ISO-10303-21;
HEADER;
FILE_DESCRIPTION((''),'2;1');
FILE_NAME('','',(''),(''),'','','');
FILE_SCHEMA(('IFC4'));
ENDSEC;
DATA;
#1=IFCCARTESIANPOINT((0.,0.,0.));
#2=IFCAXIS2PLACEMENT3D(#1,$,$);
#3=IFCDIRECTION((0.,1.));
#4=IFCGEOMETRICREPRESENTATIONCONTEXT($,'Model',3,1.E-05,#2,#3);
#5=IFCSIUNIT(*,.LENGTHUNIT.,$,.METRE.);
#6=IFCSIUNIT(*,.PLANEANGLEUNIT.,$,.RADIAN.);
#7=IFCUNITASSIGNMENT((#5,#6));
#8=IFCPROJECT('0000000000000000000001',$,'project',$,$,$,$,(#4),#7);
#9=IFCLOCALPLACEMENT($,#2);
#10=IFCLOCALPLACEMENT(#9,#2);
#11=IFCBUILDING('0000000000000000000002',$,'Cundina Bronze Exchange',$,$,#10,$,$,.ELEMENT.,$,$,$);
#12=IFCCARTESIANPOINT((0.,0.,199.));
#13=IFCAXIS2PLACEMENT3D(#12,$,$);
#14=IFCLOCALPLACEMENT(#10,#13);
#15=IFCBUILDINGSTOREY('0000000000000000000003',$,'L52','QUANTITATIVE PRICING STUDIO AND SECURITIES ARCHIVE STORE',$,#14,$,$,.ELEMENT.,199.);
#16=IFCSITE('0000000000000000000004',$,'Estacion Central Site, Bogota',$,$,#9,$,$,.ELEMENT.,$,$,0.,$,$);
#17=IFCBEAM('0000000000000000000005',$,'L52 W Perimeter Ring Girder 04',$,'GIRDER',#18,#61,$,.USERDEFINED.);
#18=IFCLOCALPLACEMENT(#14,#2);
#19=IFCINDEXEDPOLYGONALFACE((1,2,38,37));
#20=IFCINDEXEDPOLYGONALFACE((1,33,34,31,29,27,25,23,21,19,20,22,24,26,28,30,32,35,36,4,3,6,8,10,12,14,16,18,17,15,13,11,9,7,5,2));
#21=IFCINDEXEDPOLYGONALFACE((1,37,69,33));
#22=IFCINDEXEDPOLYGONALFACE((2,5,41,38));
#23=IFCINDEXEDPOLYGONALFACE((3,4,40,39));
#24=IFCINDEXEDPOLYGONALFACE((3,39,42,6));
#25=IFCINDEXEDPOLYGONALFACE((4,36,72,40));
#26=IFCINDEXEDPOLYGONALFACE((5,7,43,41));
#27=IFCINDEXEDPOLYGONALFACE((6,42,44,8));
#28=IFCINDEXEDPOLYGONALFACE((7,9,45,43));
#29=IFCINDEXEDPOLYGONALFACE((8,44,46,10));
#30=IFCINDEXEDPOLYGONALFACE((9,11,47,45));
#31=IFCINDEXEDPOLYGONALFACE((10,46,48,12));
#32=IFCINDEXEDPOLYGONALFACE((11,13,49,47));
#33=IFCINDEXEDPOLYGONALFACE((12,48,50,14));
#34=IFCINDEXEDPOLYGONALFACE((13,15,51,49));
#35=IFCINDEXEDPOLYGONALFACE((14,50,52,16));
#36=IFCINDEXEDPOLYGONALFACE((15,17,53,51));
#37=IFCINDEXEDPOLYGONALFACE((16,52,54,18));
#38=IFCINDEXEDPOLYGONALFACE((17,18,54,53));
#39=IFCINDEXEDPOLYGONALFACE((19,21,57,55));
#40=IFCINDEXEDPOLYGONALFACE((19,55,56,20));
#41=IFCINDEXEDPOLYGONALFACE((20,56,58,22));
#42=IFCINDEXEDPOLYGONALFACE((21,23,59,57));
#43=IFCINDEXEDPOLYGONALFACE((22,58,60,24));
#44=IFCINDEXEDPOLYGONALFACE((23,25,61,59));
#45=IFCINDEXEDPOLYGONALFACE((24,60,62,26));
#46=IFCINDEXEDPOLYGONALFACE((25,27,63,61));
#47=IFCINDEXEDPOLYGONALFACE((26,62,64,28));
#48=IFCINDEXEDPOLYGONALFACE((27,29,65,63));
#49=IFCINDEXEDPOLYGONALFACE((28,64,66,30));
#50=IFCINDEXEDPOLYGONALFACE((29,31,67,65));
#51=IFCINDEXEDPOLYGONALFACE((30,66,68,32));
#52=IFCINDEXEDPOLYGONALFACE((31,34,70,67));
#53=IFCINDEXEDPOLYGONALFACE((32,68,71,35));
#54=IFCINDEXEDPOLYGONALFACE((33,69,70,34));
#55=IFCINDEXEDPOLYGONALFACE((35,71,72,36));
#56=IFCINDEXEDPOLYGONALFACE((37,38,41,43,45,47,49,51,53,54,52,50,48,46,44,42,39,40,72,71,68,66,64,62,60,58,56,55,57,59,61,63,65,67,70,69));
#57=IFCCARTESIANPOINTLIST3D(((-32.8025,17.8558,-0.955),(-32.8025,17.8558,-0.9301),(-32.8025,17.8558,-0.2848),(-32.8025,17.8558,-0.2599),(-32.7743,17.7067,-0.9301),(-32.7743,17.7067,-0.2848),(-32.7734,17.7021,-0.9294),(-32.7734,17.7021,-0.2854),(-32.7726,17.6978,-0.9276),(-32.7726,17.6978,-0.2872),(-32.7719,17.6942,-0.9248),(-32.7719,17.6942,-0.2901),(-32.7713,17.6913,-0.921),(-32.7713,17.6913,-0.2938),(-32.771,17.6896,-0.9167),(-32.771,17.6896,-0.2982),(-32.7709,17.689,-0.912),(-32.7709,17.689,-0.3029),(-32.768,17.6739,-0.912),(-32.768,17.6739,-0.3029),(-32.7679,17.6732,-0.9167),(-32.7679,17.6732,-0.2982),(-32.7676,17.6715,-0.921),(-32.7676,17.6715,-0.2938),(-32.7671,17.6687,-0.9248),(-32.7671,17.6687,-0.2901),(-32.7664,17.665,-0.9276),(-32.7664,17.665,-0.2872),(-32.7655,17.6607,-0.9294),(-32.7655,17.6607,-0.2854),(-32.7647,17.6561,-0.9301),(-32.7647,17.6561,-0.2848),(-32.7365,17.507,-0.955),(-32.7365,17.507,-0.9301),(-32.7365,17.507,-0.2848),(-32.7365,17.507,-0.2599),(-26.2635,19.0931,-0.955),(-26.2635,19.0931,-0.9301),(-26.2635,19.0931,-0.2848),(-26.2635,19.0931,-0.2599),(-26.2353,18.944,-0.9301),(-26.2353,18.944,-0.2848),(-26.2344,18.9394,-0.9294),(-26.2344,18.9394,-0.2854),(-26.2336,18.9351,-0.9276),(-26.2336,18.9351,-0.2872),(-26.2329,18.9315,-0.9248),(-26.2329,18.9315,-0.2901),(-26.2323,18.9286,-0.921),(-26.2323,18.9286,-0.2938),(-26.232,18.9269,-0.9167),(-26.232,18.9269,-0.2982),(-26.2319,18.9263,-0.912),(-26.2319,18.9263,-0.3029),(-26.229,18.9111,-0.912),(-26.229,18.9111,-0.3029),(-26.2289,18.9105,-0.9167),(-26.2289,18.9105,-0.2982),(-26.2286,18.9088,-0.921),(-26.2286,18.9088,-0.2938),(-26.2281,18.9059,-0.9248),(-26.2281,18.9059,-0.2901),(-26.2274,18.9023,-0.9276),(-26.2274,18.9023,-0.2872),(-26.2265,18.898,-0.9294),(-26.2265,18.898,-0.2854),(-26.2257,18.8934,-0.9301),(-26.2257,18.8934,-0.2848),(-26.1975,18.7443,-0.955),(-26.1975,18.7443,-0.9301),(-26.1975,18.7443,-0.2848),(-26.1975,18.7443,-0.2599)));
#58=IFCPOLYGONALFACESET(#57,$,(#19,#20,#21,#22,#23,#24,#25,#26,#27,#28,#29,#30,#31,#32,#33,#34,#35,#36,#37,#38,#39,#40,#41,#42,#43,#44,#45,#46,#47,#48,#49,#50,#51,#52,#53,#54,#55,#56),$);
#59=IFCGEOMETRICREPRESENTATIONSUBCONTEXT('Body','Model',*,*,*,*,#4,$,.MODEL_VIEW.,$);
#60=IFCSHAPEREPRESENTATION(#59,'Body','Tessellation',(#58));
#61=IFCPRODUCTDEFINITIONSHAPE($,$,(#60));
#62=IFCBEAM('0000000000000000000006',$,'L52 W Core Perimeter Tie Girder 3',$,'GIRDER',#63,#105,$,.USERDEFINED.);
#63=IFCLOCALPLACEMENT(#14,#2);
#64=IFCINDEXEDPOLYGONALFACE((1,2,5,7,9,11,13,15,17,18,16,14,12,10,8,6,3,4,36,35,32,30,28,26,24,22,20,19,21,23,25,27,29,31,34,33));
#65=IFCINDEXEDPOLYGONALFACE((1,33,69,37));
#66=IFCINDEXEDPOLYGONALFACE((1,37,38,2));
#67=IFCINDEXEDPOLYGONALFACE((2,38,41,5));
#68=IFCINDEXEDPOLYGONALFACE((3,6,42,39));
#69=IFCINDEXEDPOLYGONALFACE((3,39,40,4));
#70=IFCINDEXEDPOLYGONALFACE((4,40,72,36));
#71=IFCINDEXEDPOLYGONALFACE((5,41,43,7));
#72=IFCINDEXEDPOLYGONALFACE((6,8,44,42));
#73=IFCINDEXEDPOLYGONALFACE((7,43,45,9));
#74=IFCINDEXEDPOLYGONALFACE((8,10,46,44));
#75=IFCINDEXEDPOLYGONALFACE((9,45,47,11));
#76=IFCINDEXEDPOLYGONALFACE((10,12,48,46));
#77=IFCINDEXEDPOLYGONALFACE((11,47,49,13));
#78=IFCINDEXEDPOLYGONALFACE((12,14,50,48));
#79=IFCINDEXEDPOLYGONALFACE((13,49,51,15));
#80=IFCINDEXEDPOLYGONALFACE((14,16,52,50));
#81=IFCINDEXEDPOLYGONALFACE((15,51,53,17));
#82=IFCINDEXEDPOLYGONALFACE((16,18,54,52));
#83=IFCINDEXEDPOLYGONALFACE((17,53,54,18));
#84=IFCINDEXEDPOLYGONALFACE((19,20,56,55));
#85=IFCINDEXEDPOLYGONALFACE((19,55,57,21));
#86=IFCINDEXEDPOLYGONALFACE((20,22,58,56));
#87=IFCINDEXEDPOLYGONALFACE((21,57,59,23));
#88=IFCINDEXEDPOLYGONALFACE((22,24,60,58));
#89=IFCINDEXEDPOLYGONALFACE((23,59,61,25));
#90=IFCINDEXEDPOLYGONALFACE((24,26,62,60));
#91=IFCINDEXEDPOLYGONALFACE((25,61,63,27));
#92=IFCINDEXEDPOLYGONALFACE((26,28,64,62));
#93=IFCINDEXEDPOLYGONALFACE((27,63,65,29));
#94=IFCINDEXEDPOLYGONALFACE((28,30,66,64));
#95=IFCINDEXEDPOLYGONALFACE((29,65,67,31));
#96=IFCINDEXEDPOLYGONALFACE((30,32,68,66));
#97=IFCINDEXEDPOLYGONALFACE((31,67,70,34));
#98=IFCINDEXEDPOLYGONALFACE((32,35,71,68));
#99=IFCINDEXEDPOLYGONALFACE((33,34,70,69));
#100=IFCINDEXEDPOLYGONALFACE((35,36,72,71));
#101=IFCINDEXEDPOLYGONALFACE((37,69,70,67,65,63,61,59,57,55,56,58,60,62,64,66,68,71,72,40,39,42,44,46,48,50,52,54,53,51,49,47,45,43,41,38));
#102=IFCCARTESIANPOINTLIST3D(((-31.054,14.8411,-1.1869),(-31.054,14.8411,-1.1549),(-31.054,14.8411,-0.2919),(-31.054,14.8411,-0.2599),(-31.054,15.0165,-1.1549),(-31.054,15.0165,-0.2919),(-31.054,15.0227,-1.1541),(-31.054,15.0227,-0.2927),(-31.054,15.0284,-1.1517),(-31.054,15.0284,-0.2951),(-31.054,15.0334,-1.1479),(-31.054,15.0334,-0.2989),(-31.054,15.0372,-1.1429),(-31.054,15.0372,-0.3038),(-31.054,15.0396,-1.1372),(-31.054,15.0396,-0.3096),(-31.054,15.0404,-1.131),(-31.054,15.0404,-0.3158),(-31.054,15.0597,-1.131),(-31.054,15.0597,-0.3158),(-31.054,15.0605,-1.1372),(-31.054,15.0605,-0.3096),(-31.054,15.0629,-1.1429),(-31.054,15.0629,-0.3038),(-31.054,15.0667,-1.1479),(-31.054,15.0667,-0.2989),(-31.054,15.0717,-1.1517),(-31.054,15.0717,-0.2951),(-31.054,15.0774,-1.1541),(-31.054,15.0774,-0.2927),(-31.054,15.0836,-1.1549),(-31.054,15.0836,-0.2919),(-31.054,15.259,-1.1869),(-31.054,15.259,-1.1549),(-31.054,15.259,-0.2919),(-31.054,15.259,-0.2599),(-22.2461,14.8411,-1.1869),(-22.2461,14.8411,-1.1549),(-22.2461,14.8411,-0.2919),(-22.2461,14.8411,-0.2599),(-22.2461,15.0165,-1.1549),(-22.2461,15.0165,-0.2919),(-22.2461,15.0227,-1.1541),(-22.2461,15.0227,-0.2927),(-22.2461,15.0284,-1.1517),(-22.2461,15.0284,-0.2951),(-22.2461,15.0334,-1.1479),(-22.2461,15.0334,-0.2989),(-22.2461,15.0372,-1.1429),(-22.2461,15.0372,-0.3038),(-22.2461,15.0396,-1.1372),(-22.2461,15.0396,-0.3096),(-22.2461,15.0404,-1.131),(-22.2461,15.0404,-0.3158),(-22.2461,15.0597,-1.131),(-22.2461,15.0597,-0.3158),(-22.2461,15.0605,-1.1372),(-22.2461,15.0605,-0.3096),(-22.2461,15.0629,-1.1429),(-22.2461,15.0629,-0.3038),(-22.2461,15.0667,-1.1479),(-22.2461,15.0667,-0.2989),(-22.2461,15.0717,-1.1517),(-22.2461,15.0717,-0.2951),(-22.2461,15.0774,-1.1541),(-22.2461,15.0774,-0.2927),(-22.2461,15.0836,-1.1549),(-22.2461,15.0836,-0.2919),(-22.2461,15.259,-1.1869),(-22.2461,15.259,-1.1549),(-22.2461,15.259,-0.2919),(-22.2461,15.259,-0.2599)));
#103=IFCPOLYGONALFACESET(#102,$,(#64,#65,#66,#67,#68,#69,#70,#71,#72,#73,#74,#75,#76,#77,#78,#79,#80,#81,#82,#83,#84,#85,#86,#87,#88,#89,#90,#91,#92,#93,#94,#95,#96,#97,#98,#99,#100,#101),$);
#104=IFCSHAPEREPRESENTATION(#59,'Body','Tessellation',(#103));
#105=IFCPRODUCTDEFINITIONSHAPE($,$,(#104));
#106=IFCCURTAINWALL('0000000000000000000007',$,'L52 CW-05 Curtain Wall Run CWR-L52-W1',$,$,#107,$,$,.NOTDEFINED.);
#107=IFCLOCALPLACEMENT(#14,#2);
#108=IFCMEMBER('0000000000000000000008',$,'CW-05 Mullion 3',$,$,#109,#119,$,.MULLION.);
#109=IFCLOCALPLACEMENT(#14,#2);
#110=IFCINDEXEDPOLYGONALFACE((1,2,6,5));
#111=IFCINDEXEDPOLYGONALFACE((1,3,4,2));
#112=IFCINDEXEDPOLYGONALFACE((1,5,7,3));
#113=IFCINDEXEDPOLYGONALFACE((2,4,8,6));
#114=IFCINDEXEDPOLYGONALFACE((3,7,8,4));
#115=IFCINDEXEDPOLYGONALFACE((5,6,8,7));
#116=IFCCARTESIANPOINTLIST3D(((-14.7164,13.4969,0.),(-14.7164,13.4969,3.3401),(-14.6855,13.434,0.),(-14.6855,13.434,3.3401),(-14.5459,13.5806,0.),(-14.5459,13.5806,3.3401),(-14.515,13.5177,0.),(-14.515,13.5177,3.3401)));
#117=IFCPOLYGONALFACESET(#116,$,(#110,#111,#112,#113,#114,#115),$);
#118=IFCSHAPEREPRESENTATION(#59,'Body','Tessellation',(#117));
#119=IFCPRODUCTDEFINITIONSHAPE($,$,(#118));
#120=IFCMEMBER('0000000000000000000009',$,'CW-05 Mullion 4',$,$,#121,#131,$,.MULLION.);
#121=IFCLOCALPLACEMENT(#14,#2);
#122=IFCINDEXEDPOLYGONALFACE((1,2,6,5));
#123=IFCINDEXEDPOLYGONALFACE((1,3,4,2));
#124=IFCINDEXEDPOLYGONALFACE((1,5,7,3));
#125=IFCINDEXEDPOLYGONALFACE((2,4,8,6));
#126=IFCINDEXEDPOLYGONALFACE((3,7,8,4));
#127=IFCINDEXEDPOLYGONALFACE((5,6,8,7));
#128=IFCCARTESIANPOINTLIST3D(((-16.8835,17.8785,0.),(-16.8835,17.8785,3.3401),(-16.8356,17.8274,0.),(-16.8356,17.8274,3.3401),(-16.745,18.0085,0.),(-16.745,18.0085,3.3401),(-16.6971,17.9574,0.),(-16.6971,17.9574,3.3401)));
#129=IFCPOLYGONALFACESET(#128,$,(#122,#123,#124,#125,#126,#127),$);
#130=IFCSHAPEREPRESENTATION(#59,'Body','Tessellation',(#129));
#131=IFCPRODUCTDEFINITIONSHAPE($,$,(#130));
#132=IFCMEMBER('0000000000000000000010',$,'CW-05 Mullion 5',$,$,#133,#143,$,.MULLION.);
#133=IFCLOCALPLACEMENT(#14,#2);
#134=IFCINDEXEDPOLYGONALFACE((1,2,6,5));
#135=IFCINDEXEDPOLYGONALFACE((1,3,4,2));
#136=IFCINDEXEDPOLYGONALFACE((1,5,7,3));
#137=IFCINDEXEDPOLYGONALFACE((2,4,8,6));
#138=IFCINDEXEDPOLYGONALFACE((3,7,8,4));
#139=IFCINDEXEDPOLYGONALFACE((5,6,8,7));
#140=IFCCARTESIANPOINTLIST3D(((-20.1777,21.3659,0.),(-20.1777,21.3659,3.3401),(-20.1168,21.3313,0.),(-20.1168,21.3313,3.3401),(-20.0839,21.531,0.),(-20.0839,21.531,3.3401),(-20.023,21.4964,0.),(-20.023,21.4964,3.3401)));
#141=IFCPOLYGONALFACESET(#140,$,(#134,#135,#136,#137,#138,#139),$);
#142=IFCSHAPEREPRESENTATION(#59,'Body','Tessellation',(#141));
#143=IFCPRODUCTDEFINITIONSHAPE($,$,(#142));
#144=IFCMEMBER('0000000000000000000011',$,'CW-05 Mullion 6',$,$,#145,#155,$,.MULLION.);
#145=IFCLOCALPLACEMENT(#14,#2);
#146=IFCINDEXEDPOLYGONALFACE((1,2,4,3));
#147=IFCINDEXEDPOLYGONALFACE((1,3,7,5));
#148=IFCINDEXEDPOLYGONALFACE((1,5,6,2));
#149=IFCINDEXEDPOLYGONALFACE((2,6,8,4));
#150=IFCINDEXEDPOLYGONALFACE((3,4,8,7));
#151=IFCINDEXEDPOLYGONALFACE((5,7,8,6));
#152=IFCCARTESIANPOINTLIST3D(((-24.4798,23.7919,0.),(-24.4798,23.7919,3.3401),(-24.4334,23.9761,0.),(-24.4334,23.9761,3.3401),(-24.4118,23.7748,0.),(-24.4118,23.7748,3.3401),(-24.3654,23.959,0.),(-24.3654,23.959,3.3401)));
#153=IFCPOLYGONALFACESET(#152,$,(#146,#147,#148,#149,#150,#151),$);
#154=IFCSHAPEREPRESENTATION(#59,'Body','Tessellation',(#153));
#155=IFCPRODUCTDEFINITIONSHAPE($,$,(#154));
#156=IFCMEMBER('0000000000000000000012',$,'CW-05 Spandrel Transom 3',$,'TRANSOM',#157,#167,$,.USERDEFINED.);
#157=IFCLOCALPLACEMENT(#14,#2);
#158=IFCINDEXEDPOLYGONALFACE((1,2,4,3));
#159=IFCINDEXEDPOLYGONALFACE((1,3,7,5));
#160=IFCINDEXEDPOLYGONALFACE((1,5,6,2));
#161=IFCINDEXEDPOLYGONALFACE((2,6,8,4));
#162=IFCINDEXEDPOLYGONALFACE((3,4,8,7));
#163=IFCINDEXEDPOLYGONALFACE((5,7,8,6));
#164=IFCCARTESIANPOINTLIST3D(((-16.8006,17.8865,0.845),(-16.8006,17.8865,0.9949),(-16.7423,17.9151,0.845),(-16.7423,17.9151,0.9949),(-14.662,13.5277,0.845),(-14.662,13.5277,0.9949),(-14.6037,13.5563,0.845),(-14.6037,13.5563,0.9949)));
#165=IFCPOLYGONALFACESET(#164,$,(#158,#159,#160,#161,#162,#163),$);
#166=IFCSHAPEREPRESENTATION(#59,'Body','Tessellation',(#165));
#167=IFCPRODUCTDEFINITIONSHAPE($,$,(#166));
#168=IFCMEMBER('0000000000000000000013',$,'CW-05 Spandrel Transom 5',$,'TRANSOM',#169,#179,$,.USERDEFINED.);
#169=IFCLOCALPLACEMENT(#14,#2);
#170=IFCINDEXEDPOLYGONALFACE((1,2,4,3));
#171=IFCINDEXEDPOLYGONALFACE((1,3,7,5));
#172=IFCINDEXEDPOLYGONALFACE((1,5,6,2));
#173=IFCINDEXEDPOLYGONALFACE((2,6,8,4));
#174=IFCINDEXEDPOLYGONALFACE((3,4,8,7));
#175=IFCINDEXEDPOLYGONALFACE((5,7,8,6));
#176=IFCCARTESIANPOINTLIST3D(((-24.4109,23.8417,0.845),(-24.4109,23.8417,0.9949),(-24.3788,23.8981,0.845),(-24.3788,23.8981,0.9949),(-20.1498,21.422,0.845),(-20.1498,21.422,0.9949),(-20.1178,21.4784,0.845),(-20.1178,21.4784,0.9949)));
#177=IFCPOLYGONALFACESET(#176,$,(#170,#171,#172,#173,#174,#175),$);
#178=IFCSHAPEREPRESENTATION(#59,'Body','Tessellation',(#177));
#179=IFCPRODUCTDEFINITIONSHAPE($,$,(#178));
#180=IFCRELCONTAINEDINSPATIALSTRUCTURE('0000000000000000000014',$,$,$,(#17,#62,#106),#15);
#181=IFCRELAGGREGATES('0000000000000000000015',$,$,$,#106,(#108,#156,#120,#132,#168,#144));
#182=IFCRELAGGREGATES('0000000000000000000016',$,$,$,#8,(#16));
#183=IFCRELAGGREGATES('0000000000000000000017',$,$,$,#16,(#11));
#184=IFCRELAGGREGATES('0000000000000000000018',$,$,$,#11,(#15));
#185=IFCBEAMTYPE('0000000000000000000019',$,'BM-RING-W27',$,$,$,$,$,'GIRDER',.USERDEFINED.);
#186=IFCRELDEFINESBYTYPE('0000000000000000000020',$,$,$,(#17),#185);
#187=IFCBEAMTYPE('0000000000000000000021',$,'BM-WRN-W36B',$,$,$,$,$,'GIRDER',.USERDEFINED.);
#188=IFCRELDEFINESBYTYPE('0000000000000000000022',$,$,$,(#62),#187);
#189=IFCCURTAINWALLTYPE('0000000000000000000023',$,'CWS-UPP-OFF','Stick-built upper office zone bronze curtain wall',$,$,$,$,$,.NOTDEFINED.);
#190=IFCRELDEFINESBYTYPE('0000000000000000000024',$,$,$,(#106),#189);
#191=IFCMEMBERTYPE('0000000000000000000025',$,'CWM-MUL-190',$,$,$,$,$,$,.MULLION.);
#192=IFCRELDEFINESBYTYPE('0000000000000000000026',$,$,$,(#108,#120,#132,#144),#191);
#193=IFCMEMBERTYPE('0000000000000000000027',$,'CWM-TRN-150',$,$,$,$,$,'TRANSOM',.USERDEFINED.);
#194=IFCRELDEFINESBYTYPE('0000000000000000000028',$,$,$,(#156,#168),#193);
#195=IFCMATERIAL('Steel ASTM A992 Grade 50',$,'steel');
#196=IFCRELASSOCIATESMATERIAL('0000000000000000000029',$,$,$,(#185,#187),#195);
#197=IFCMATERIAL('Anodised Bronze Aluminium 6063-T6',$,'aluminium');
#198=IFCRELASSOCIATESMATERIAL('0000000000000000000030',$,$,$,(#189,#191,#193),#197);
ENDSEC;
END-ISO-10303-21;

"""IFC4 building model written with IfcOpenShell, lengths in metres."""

from ifc_helpers import new_model, si_unit, direction, frame, origin, origin_2d, place, context, subcontext, project, spatial, rectangle, i_section, extrude, material, material_profile, profile_set, type_object, element, aggregate, save


model = new_model("IFC4")

# Units and contexts
model_context = context("Model", 3, precision=1e-05, world=origin(), true_north=direction((0.0, 1.0)))
body_context = subcontext(model_context, "Body", "Model", "MODEL_VIEW")
ifc_project = project(units=[si_unit("LENGTHUNIT", "METRE"), si_unit("PLANEANGLEUNIT", "RADIAN")], contexts=[model_context])

# Site, building, storey
site_placement = place(None, origin())
site = spatial("IfcSite", under=ifc_project, at=site_placement, Name="Estacion Central Site, Bogota", CompositionType="ELEMENT", RefElevation=0.0)
building_placement = place(site_placement, origin())
building = spatial("IfcBuilding", under=site, at=building_placement, Name="Cundina Bronze Exchange", CompositionType="ELEMENT")
storey_placement = place(building_placement, frame((0.0, 0.0, 199.0)))
storey = spatial("IfcBuildingStorey", under=building, at=storey_placement, Name="L52", Description="QUANTITATIVE PRICING STUDIO AND SECURITIES ARCHIVE STORE", CompositionType="ELEMENT", Elevation=199.0)

# Shared definitions
ifc_material_1 = material(Name="Steel ASTM A992 Grade 50", Category="steel")

# Beams
ifc_material_profile_1 = material_profile(ifc_material_1, i_section(OverallWidth=0.355, OverallDepth=0.6951, WebThickness=0.0154, FlangeThickness=0.0249, FilletRadius=0.0181, at=origin_2d()), Name="W27X146", Category="steel")
ifc_profile_set_1 = profile_set([ifc_material_profile_1], Name="Steel ASTM A992 Grade 50")
beam_type_1 = type_object("IfcBeamType", Name="BM-RING-W27", ElementType="GIRDER", PredefinedType="USERDEFINED", material=ifc_profile_set_1)
beam_1_placement = place(storey_placement, frame((-26.2305, 18.9187, -0.6074), z_axis=(-0.982565, -0.185918, 0.0), x_axis=(0.185918, -0.982565, 0.0)))
element("IfcBeam", 1, at=beam_1_placement, inside=storey, type_object=beam_type_1, Name="L52 W Perimeter Ring Girder 04", ObjectType="GIRDER", PredefinedType="USERDEFINED", context=body_context, shape_type="SweptSolid", body=[
    extrude(i_section(OverallWidth=0.355, OverallDepth=0.6951, WebThickness=0.0154, FlangeThickness=0.0249, FilletRadius=0.0181, at=origin_2d()), origin(), (0.0, 0.0, 1.0), 6.655),
])
ifc_material_profile_2 = material_profile(ifc_material_1, i_section(OverallWidth=0.418, OverallDepth=0.927, WebThickness=0.0193, FlangeThickness=0.032, FilletRadius=0.0239, at=origin_2d()), Name="W36X231", Category="steel")
ifc_profile_set_2 = profile_set([ifc_material_profile_2], Name="Steel ASTM A992 Grade 50")
beam_type_2 = type_object("IfcBeamType", Name="BM-WRN-W36B", ElementType="GIRDER", PredefinedType="USERDEFINED", material=ifc_profile_set_2)
beam_2_placement = place(storey_placement, frame((-22.2461, 15.05, -0.7234), z_axis=(-1.0, 0.0, 0.0), x_axis=(0.0, -1.0, 0.0)))
element("IfcBeam", 2, at=beam_2_placement, inside=storey, type_object=beam_type_2, Name="L52 W Core Perimeter Tie Girder 3", ObjectType="GIRDER", PredefinedType="USERDEFINED", context=body_context, shape_type="SweptSolid", body=[
    extrude(i_section(OverallWidth=0.418, OverallDepth=0.927, WebThickness=0.0193, FlangeThickness=0.032, FilletRadius=0.0239, at=origin_2d()), origin(), (0.0, 0.0, 1.0), 8.8079),
])

# Curtain wall, members
ifc_material_2 = material(Name="Anodised Bronze Aluminium 6063-T6", Category="aluminium")
curtain_wall_type = type_object("IfcCurtainWallType", Name="CWS-UPP-OFF", Description="Stick-built upper office zone bronze curtain wall", PredefinedType="NOTDEFINED", material=ifc_material_2)
curtain_wall_placement = place(storey_placement, origin())
curtain_wall = element("IfcCurtainWall", 3, at=curtain_wall_placement, inside=storey, type_object=curtain_wall_type, Name="L52 CW-05 Curtain Wall Run CWR-L52-W1", PredefinedType="NOTDEFINED")
ifc_material_profile_3 = material_profile(ifc_material_2, rectangle(XDim=0.0701, YDim=0.1899, at=origin_2d()), Name="AL70X190", Category="aluminium")
ifc_profile_set_3 = profile_set([ifc_material_profile_3], Name="Anodised Bronze Aluminium 6063-T6")
member_type_1 = type_object("IfcMemberType", Name="CWM-MUL-190", PredefinedType="MULLION", material=ifc_profile_set_3)
member_1_placement = place(storey_placement, frame((-14.6157, 13.5073, 0.0), z_axis=(0.0, 0.0, 1.0), x_axis=(-0.440566, 0.89772, 0.0)))
member_1 = element("IfcMember", 4, at=member_1_placement, type_object=member_type_1, Name="CW-05 Mullion 3", PredefinedType="MULLION", context=body_context, shape_type="SweptSolid", body=[
    extrude(rectangle(XDim=0.0701, YDim=0.1899, at=origin_2d()), origin(), (0.0, 0.0, 1.0), 3.3401),
])
member_2_placement = place(storey_placement, frame((-16.7903, 17.918, 0.0), z_axis=(0.0, 0.0, 1.0), x_axis=(-0.684293, 0.729208, 0.0)))
member_2 = element("IfcMember", 5, at=member_2_placement, type_object=member_type_1, Name="CW-05 Mullion 4", PredefinedType="MULLION", context=body_context, shape_type="SweptSolid", body=[
    extrude(rectangle(XDim=0.0701, YDim=0.1899, at=origin_2d()), origin(), (0.0, 0.0, 1.0), 3.3401),
])
member_3_placement = place(storey_placement, frame((-20.1003, 21.4312, 0.0), z_axis=(0.0, 0.0, 1.0), x_axis=(-0.869581, 0.49379, 0.0)))
member_3 = element("IfcMember", 6, at=member_3_placement, type_object=member_type_1, Name="CW-05 Mullion 5", PredefinedType="MULLION", context=body_context, shape_type="SweptSolid", body=[
    extrude(rectangle(XDim=0.0701, YDim=0.1899, at=origin_2d()), origin(), (0.0, 0.0, 1.0), 3.3401),
])
member_4_placement = place(storey_placement, frame((-24.4226, 23.8755, 0.0), z_axis=(0.0, 0.0, 1.0), x_axis=(-0.969744, 0.244123, 0.0)))
member_4 = element("IfcMember", 7, at=member_4_placement, type_object=member_type_1, Name="CW-05 Mullion 6", PredefinedType="MULLION", context=body_context, shape_type="SweptSolid", body=[
    extrude(rectangle(XDim=0.0701, YDim=0.1899, at=origin_2d()), origin(), (0.0, 0.0, 1.0), 3.3401),
])
ifc_material_profile_4 = material_profile(ifc_material_2, rectangle(XDim=0.0649, YDim=0.1499, at=origin_2d()), Name="AL65X150", Category="aluminium")
ifc_profile_set_4 = profile_set([ifc_material_profile_4], Name="Anodised Bronze Aluminium 6063-T6")
member_type_2 = type_object("IfcMemberType", Name="CWM-TRN-150", ElementType="TRANSOM", PredefinedType="USERDEFINED", material=ifc_profile_set_4)
member_5_placement = place(storey_placement, frame((-14.6328, 13.542, 0.9199), z_axis=(-0.440483, 0.897761, 0.0), x_axis=(-0.897761, -0.440483, 0.0)))
member_5 = element("IfcMember", 8, at=member_5_placement, type_object=member_type_2, Name="CW-05 Spandrel Transom 3", ObjectType="TRANSOM", PredefinedType="USERDEFINED", context=body_context, shape_type="SweptSolid", body=[
    extrude(rectangle(XDim=0.0649, YDim=0.1499, at=origin_2d()), origin(), (0.0, 0.0, 1.0), 4.8552),
])
member_6_placement = place(storey_placement, frame((-20.1338, 21.4502, 0.9199), z_axis=(-0.869574, 0.493803, 0.0), x_axis=(-0.493803, -0.869574, 0.0)))
member_6 = element("IfcMember", 9, at=member_6_placement, type_object=member_type_2, Name="CW-05 Spandrel Transom 5", ObjectType="TRANSOM", PredefinedType="USERDEFINED", context=body_context, shape_type="SweptSolid", body=[
    extrude(rectangle(XDim=0.0649, YDim=0.1499, at=origin_2d()), origin(), (0.0, 0.0, 1.0), 4.9001),
])
aggregate(curtain_wall, [member_1, member_5, member_2, member_3, member_6, member_4])

save(model, "model.ifc")
